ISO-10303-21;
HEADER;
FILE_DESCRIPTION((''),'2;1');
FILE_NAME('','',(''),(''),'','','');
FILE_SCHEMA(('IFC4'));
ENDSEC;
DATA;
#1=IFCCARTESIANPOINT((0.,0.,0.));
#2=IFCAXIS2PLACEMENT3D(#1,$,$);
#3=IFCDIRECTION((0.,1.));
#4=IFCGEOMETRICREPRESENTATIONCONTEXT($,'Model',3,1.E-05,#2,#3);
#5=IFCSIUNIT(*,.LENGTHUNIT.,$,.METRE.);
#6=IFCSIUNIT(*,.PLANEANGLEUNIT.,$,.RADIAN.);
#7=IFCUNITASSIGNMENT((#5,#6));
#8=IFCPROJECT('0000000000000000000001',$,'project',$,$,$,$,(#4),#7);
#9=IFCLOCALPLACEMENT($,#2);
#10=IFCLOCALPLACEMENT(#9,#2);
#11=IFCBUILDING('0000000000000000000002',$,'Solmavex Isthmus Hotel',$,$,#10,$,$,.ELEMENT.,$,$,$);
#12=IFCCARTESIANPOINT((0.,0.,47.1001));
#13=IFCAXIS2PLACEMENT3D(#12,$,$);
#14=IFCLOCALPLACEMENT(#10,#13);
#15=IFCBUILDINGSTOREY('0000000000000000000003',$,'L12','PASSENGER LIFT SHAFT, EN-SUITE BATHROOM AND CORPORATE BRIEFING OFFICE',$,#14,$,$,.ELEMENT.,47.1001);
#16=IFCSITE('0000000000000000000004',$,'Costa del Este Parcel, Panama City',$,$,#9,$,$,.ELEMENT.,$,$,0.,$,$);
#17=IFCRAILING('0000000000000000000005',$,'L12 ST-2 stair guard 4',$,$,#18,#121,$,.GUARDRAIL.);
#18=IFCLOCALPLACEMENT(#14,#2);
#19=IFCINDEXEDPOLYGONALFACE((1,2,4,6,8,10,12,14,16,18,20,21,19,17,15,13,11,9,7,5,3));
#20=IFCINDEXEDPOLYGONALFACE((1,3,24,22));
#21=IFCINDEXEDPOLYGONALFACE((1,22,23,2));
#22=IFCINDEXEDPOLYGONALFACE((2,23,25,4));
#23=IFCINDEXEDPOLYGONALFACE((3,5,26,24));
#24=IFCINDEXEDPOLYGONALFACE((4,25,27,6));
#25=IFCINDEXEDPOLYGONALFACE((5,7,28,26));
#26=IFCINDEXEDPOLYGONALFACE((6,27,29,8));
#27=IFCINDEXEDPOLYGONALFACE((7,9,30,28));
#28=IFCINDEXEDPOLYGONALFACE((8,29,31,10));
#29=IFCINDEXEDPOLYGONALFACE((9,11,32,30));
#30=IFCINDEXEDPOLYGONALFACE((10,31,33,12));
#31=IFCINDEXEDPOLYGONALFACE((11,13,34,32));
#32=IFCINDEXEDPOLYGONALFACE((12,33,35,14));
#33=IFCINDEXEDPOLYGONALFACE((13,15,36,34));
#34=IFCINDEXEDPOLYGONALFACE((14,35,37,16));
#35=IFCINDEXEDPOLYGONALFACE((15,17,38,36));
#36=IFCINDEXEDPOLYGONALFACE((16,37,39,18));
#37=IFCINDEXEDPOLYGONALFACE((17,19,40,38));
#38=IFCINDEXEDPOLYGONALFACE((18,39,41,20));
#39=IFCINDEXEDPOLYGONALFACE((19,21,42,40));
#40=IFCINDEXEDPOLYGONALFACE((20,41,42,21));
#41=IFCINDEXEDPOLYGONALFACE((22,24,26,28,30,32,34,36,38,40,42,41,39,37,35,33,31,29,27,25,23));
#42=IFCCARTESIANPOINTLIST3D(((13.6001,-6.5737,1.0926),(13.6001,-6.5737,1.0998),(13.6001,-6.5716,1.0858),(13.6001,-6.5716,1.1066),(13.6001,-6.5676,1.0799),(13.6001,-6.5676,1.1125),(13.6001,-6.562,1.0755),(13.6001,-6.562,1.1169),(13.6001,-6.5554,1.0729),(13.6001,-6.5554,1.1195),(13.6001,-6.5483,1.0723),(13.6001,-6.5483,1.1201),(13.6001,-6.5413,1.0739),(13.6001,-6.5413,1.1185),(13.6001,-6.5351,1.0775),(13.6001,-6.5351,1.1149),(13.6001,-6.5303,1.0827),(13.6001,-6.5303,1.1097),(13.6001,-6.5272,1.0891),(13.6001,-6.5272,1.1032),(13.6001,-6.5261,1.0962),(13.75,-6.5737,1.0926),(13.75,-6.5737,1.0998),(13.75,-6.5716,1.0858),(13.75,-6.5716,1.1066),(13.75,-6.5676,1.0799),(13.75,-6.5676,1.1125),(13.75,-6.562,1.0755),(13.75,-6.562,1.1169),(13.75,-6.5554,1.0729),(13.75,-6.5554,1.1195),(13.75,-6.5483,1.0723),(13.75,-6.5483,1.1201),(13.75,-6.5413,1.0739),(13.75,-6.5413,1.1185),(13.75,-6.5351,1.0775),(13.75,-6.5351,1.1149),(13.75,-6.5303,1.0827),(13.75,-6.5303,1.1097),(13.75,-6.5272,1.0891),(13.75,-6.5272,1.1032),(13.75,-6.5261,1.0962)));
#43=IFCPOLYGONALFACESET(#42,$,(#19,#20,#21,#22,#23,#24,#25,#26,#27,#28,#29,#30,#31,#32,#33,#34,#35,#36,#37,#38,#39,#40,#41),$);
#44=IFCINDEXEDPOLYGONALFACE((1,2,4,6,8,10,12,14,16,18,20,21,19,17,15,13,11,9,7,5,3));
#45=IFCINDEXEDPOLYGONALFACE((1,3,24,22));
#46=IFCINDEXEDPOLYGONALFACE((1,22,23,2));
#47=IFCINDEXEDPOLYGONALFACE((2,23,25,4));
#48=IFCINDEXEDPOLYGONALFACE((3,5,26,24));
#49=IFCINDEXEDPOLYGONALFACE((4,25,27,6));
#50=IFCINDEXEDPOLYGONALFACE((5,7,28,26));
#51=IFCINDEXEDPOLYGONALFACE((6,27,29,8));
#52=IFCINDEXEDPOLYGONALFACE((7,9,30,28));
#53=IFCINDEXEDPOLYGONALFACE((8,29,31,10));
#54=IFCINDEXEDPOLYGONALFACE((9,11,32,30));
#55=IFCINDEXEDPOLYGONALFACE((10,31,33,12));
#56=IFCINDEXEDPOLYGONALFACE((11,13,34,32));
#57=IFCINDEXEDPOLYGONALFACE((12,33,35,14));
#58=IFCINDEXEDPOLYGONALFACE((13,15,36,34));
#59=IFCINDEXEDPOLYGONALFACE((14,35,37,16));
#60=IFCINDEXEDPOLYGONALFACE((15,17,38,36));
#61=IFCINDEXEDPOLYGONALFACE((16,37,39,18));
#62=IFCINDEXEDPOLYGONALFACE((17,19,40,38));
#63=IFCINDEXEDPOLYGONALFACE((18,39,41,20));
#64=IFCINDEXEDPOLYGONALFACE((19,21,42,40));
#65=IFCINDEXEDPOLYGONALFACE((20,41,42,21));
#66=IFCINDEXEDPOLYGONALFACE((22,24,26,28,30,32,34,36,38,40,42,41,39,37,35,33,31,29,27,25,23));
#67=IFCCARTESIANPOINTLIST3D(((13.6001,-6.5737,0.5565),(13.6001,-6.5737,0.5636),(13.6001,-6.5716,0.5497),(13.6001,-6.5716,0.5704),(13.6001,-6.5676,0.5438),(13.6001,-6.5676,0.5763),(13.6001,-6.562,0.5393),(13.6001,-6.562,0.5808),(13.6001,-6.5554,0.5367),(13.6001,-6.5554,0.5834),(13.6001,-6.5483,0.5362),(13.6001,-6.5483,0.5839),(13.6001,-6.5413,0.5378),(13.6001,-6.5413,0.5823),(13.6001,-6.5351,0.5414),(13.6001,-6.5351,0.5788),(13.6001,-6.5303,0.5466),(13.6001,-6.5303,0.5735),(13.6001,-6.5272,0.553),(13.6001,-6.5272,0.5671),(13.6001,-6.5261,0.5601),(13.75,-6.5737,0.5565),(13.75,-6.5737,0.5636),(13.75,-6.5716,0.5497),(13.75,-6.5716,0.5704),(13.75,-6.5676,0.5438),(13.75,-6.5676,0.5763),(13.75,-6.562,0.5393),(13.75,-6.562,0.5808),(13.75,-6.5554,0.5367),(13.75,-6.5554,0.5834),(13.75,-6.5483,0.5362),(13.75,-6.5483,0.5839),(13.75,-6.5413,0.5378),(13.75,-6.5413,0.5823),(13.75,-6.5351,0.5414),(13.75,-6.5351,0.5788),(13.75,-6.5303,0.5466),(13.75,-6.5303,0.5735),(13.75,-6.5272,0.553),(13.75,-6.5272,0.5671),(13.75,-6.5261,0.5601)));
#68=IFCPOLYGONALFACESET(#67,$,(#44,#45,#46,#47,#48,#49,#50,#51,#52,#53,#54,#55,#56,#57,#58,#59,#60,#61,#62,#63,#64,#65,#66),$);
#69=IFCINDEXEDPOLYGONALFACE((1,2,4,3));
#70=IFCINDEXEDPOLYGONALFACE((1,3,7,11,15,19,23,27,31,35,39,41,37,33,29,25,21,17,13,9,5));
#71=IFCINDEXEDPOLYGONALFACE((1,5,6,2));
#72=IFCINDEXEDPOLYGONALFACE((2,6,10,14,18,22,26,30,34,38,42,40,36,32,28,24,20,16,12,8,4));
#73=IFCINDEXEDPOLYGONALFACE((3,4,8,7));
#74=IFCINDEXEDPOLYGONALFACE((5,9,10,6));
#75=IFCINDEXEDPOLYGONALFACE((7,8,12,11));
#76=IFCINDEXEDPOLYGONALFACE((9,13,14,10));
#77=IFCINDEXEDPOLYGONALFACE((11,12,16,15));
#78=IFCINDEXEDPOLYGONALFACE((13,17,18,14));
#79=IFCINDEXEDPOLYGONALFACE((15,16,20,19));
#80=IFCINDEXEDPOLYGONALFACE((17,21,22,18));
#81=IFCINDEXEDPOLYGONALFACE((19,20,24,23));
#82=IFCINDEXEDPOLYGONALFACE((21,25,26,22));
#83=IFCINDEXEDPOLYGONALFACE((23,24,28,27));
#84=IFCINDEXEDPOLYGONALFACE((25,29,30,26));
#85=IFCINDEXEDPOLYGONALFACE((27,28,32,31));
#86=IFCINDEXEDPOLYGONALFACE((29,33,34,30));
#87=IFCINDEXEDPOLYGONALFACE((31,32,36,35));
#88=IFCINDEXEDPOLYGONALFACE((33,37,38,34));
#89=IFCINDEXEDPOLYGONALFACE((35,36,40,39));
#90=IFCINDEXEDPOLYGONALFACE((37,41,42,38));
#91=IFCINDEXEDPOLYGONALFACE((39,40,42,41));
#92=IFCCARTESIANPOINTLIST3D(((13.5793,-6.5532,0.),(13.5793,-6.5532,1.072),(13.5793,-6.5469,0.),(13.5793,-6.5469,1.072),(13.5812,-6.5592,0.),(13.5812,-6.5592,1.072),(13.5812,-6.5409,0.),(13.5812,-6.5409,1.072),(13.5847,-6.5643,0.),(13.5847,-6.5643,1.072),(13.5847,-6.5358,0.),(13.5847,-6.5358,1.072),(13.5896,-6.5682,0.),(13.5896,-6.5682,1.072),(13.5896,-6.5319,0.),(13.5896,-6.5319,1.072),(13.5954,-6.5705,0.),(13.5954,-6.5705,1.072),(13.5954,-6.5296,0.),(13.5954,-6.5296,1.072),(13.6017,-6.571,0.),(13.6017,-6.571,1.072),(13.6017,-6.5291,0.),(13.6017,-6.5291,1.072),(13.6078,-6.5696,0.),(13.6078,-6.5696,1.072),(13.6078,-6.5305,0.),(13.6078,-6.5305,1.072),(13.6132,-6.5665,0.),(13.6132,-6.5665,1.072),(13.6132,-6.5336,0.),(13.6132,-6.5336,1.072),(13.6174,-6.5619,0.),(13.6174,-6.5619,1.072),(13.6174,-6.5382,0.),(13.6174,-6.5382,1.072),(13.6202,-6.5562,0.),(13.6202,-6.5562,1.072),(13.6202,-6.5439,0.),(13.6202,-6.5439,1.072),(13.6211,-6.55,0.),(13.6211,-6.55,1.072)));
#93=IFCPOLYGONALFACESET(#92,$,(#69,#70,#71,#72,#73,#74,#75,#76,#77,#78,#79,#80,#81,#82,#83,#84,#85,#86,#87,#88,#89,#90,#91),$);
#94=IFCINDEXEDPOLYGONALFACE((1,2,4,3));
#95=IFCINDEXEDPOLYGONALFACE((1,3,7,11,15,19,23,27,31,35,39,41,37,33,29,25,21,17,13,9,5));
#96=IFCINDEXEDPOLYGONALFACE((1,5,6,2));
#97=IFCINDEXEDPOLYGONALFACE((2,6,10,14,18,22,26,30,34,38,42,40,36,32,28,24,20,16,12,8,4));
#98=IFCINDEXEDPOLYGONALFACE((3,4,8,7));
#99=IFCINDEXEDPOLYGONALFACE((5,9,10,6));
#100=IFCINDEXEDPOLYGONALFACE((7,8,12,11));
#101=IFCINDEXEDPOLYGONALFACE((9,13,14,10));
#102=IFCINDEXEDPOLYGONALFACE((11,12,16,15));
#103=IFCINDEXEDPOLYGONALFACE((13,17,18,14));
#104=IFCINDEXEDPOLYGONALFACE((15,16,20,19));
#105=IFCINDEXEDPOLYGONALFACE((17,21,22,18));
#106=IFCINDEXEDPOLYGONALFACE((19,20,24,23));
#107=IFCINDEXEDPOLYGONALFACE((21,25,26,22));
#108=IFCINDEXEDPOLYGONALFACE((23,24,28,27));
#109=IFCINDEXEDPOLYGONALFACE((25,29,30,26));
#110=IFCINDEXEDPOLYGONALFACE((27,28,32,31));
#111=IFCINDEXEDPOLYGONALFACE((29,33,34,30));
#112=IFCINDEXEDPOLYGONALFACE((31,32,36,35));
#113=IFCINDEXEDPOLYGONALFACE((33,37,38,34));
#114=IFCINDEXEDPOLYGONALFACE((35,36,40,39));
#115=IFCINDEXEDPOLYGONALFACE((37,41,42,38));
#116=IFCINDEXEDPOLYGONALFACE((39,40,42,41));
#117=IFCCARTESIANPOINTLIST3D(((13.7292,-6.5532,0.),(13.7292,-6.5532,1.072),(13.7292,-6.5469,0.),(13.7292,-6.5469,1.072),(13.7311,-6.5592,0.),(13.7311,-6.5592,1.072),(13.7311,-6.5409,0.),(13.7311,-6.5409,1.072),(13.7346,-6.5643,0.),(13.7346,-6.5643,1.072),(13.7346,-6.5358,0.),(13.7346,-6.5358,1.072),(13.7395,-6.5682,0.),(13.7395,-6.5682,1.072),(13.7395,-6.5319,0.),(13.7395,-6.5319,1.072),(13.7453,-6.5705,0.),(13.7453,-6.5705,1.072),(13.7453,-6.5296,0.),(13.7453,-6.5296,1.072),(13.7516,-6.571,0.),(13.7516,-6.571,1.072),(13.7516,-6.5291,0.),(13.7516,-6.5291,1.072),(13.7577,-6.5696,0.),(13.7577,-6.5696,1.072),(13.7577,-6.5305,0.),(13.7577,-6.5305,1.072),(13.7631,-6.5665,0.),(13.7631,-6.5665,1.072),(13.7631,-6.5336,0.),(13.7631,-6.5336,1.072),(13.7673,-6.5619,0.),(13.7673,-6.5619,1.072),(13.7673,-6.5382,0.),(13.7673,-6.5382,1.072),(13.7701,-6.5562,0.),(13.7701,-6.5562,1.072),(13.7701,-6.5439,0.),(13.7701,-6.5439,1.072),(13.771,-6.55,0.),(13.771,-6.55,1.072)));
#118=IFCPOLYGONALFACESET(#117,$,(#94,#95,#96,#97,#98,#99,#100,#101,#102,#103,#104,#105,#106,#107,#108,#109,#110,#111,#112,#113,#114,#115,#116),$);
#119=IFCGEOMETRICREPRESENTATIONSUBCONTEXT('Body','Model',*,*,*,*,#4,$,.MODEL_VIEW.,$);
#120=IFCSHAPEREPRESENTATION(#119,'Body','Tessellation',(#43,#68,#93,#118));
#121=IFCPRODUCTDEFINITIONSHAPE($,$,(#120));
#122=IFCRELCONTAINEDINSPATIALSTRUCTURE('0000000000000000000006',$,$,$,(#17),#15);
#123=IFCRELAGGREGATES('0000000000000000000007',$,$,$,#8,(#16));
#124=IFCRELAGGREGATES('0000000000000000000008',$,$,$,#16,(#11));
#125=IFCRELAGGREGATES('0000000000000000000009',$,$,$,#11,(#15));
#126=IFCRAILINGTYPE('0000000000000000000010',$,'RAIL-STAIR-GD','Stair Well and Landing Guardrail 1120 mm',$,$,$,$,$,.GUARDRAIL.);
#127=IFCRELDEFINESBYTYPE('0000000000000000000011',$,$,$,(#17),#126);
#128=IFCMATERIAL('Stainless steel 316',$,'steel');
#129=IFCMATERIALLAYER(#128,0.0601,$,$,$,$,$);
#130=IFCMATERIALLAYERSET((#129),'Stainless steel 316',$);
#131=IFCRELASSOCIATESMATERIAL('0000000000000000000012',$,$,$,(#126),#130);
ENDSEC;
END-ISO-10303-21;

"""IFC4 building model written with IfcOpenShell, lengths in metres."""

from ifc_helpers import new_model, si_unit, direction, frame, origin, origin_2d, place, context, subcontext, project, spatial, circle, extrude, material, layer, layer_set, type_object, element, save


model = new_model("IFC4")

# Units and contexts
model_context = context("Model", 3, precision=1e-05, world=origin(), true_north=direction((0.0, 1.0)))
body_context = subcontext(model_context, "Body", "Model", "MODEL_VIEW")
ifc_project = project(units=[si_unit("LENGTHUNIT", "METRE"), si_unit("PLANEANGLEUNIT", "RADIAN")], contexts=[model_context])

# Site, building, storey
site_placement = place(None, origin())
site = spatial("IfcSite", under=ifc_project, at=site_placement, Name="Costa del Este Parcel, Panama City", CompositionType="ELEMENT", RefElevation=0.0)
building_placement = place(site_placement, origin())
building = spatial("IfcBuilding", under=site, at=building_placement, Name="Solmavex Isthmus Hotel", CompositionType="ELEMENT")
storey_placement = place(building_placement, frame((0.0, 0.0, 47.1001)))
storey = spatial("IfcBuildingStorey", under=building, at=storey_placement, Name="L12", Description="PASSENGER LIFT SHAFT, EN-SUITE BATHROOM AND CORPORATE BRIEFING OFFICE", CompositionType="ELEMENT", Elevation=47.1001)

# Railing
ifc_material_1 = material(Name="Stainless steel 316", Category="steel")
ifc_layer_1 = layer(ifc_material_1, 0.0601)
ifc_layer_set_1 = layer_set([ifc_layer_1], Name="Stainless steel 316")
railing_type_1 = type_object("IfcRailingType", Name="RAIL-STAIR-GD", Description="Stair Well and Landing Guardrail 1120 mm", PredefinedType="GUARDRAIL", material=ifc_layer_set_1)
railing_1_placement = place(storey_placement, frame((13.6001, -6.55, 0.0)))
element("IfcRailing", 1, at=railing_1_placement, inside=storey, type_object=railing_type_1, Name="L12 ST-2 stair guard 4", PredefinedType="GUARDRAIL", context=body_context, shape_type="SweptSolid", body=[
    extrude(circle(Radius=0.0239, at=origin_2d()), frame((0.0, 0.0, 1.0962), z_axis=(1.0, 0.0, 0.0), x_axis=(0.0, 1.0, 0.0)), (0.0, 0.0, 1.0), 0.1499),
    extrude(circle(Radius=0.0239, at=origin_2d()), frame((0.0, 0.0, 0.5601), z_axis=(1.0, 0.0, 0.0), x_axis=(0.0, 1.0, 0.0)), (0.0, 0.0, 1.0), 0.1499),
    extrude(circle(Radius=0.021, at=origin_2d()), origin(), (0.0, 0.0, 1.0), 1.072),
    extrude(circle(Radius=0.021, at=origin_2d()), frame((0.1499, 0.0, 0.0)), (0.0, 0.0, 1.0), 1.072),
])

save(model, "model.ifc")
